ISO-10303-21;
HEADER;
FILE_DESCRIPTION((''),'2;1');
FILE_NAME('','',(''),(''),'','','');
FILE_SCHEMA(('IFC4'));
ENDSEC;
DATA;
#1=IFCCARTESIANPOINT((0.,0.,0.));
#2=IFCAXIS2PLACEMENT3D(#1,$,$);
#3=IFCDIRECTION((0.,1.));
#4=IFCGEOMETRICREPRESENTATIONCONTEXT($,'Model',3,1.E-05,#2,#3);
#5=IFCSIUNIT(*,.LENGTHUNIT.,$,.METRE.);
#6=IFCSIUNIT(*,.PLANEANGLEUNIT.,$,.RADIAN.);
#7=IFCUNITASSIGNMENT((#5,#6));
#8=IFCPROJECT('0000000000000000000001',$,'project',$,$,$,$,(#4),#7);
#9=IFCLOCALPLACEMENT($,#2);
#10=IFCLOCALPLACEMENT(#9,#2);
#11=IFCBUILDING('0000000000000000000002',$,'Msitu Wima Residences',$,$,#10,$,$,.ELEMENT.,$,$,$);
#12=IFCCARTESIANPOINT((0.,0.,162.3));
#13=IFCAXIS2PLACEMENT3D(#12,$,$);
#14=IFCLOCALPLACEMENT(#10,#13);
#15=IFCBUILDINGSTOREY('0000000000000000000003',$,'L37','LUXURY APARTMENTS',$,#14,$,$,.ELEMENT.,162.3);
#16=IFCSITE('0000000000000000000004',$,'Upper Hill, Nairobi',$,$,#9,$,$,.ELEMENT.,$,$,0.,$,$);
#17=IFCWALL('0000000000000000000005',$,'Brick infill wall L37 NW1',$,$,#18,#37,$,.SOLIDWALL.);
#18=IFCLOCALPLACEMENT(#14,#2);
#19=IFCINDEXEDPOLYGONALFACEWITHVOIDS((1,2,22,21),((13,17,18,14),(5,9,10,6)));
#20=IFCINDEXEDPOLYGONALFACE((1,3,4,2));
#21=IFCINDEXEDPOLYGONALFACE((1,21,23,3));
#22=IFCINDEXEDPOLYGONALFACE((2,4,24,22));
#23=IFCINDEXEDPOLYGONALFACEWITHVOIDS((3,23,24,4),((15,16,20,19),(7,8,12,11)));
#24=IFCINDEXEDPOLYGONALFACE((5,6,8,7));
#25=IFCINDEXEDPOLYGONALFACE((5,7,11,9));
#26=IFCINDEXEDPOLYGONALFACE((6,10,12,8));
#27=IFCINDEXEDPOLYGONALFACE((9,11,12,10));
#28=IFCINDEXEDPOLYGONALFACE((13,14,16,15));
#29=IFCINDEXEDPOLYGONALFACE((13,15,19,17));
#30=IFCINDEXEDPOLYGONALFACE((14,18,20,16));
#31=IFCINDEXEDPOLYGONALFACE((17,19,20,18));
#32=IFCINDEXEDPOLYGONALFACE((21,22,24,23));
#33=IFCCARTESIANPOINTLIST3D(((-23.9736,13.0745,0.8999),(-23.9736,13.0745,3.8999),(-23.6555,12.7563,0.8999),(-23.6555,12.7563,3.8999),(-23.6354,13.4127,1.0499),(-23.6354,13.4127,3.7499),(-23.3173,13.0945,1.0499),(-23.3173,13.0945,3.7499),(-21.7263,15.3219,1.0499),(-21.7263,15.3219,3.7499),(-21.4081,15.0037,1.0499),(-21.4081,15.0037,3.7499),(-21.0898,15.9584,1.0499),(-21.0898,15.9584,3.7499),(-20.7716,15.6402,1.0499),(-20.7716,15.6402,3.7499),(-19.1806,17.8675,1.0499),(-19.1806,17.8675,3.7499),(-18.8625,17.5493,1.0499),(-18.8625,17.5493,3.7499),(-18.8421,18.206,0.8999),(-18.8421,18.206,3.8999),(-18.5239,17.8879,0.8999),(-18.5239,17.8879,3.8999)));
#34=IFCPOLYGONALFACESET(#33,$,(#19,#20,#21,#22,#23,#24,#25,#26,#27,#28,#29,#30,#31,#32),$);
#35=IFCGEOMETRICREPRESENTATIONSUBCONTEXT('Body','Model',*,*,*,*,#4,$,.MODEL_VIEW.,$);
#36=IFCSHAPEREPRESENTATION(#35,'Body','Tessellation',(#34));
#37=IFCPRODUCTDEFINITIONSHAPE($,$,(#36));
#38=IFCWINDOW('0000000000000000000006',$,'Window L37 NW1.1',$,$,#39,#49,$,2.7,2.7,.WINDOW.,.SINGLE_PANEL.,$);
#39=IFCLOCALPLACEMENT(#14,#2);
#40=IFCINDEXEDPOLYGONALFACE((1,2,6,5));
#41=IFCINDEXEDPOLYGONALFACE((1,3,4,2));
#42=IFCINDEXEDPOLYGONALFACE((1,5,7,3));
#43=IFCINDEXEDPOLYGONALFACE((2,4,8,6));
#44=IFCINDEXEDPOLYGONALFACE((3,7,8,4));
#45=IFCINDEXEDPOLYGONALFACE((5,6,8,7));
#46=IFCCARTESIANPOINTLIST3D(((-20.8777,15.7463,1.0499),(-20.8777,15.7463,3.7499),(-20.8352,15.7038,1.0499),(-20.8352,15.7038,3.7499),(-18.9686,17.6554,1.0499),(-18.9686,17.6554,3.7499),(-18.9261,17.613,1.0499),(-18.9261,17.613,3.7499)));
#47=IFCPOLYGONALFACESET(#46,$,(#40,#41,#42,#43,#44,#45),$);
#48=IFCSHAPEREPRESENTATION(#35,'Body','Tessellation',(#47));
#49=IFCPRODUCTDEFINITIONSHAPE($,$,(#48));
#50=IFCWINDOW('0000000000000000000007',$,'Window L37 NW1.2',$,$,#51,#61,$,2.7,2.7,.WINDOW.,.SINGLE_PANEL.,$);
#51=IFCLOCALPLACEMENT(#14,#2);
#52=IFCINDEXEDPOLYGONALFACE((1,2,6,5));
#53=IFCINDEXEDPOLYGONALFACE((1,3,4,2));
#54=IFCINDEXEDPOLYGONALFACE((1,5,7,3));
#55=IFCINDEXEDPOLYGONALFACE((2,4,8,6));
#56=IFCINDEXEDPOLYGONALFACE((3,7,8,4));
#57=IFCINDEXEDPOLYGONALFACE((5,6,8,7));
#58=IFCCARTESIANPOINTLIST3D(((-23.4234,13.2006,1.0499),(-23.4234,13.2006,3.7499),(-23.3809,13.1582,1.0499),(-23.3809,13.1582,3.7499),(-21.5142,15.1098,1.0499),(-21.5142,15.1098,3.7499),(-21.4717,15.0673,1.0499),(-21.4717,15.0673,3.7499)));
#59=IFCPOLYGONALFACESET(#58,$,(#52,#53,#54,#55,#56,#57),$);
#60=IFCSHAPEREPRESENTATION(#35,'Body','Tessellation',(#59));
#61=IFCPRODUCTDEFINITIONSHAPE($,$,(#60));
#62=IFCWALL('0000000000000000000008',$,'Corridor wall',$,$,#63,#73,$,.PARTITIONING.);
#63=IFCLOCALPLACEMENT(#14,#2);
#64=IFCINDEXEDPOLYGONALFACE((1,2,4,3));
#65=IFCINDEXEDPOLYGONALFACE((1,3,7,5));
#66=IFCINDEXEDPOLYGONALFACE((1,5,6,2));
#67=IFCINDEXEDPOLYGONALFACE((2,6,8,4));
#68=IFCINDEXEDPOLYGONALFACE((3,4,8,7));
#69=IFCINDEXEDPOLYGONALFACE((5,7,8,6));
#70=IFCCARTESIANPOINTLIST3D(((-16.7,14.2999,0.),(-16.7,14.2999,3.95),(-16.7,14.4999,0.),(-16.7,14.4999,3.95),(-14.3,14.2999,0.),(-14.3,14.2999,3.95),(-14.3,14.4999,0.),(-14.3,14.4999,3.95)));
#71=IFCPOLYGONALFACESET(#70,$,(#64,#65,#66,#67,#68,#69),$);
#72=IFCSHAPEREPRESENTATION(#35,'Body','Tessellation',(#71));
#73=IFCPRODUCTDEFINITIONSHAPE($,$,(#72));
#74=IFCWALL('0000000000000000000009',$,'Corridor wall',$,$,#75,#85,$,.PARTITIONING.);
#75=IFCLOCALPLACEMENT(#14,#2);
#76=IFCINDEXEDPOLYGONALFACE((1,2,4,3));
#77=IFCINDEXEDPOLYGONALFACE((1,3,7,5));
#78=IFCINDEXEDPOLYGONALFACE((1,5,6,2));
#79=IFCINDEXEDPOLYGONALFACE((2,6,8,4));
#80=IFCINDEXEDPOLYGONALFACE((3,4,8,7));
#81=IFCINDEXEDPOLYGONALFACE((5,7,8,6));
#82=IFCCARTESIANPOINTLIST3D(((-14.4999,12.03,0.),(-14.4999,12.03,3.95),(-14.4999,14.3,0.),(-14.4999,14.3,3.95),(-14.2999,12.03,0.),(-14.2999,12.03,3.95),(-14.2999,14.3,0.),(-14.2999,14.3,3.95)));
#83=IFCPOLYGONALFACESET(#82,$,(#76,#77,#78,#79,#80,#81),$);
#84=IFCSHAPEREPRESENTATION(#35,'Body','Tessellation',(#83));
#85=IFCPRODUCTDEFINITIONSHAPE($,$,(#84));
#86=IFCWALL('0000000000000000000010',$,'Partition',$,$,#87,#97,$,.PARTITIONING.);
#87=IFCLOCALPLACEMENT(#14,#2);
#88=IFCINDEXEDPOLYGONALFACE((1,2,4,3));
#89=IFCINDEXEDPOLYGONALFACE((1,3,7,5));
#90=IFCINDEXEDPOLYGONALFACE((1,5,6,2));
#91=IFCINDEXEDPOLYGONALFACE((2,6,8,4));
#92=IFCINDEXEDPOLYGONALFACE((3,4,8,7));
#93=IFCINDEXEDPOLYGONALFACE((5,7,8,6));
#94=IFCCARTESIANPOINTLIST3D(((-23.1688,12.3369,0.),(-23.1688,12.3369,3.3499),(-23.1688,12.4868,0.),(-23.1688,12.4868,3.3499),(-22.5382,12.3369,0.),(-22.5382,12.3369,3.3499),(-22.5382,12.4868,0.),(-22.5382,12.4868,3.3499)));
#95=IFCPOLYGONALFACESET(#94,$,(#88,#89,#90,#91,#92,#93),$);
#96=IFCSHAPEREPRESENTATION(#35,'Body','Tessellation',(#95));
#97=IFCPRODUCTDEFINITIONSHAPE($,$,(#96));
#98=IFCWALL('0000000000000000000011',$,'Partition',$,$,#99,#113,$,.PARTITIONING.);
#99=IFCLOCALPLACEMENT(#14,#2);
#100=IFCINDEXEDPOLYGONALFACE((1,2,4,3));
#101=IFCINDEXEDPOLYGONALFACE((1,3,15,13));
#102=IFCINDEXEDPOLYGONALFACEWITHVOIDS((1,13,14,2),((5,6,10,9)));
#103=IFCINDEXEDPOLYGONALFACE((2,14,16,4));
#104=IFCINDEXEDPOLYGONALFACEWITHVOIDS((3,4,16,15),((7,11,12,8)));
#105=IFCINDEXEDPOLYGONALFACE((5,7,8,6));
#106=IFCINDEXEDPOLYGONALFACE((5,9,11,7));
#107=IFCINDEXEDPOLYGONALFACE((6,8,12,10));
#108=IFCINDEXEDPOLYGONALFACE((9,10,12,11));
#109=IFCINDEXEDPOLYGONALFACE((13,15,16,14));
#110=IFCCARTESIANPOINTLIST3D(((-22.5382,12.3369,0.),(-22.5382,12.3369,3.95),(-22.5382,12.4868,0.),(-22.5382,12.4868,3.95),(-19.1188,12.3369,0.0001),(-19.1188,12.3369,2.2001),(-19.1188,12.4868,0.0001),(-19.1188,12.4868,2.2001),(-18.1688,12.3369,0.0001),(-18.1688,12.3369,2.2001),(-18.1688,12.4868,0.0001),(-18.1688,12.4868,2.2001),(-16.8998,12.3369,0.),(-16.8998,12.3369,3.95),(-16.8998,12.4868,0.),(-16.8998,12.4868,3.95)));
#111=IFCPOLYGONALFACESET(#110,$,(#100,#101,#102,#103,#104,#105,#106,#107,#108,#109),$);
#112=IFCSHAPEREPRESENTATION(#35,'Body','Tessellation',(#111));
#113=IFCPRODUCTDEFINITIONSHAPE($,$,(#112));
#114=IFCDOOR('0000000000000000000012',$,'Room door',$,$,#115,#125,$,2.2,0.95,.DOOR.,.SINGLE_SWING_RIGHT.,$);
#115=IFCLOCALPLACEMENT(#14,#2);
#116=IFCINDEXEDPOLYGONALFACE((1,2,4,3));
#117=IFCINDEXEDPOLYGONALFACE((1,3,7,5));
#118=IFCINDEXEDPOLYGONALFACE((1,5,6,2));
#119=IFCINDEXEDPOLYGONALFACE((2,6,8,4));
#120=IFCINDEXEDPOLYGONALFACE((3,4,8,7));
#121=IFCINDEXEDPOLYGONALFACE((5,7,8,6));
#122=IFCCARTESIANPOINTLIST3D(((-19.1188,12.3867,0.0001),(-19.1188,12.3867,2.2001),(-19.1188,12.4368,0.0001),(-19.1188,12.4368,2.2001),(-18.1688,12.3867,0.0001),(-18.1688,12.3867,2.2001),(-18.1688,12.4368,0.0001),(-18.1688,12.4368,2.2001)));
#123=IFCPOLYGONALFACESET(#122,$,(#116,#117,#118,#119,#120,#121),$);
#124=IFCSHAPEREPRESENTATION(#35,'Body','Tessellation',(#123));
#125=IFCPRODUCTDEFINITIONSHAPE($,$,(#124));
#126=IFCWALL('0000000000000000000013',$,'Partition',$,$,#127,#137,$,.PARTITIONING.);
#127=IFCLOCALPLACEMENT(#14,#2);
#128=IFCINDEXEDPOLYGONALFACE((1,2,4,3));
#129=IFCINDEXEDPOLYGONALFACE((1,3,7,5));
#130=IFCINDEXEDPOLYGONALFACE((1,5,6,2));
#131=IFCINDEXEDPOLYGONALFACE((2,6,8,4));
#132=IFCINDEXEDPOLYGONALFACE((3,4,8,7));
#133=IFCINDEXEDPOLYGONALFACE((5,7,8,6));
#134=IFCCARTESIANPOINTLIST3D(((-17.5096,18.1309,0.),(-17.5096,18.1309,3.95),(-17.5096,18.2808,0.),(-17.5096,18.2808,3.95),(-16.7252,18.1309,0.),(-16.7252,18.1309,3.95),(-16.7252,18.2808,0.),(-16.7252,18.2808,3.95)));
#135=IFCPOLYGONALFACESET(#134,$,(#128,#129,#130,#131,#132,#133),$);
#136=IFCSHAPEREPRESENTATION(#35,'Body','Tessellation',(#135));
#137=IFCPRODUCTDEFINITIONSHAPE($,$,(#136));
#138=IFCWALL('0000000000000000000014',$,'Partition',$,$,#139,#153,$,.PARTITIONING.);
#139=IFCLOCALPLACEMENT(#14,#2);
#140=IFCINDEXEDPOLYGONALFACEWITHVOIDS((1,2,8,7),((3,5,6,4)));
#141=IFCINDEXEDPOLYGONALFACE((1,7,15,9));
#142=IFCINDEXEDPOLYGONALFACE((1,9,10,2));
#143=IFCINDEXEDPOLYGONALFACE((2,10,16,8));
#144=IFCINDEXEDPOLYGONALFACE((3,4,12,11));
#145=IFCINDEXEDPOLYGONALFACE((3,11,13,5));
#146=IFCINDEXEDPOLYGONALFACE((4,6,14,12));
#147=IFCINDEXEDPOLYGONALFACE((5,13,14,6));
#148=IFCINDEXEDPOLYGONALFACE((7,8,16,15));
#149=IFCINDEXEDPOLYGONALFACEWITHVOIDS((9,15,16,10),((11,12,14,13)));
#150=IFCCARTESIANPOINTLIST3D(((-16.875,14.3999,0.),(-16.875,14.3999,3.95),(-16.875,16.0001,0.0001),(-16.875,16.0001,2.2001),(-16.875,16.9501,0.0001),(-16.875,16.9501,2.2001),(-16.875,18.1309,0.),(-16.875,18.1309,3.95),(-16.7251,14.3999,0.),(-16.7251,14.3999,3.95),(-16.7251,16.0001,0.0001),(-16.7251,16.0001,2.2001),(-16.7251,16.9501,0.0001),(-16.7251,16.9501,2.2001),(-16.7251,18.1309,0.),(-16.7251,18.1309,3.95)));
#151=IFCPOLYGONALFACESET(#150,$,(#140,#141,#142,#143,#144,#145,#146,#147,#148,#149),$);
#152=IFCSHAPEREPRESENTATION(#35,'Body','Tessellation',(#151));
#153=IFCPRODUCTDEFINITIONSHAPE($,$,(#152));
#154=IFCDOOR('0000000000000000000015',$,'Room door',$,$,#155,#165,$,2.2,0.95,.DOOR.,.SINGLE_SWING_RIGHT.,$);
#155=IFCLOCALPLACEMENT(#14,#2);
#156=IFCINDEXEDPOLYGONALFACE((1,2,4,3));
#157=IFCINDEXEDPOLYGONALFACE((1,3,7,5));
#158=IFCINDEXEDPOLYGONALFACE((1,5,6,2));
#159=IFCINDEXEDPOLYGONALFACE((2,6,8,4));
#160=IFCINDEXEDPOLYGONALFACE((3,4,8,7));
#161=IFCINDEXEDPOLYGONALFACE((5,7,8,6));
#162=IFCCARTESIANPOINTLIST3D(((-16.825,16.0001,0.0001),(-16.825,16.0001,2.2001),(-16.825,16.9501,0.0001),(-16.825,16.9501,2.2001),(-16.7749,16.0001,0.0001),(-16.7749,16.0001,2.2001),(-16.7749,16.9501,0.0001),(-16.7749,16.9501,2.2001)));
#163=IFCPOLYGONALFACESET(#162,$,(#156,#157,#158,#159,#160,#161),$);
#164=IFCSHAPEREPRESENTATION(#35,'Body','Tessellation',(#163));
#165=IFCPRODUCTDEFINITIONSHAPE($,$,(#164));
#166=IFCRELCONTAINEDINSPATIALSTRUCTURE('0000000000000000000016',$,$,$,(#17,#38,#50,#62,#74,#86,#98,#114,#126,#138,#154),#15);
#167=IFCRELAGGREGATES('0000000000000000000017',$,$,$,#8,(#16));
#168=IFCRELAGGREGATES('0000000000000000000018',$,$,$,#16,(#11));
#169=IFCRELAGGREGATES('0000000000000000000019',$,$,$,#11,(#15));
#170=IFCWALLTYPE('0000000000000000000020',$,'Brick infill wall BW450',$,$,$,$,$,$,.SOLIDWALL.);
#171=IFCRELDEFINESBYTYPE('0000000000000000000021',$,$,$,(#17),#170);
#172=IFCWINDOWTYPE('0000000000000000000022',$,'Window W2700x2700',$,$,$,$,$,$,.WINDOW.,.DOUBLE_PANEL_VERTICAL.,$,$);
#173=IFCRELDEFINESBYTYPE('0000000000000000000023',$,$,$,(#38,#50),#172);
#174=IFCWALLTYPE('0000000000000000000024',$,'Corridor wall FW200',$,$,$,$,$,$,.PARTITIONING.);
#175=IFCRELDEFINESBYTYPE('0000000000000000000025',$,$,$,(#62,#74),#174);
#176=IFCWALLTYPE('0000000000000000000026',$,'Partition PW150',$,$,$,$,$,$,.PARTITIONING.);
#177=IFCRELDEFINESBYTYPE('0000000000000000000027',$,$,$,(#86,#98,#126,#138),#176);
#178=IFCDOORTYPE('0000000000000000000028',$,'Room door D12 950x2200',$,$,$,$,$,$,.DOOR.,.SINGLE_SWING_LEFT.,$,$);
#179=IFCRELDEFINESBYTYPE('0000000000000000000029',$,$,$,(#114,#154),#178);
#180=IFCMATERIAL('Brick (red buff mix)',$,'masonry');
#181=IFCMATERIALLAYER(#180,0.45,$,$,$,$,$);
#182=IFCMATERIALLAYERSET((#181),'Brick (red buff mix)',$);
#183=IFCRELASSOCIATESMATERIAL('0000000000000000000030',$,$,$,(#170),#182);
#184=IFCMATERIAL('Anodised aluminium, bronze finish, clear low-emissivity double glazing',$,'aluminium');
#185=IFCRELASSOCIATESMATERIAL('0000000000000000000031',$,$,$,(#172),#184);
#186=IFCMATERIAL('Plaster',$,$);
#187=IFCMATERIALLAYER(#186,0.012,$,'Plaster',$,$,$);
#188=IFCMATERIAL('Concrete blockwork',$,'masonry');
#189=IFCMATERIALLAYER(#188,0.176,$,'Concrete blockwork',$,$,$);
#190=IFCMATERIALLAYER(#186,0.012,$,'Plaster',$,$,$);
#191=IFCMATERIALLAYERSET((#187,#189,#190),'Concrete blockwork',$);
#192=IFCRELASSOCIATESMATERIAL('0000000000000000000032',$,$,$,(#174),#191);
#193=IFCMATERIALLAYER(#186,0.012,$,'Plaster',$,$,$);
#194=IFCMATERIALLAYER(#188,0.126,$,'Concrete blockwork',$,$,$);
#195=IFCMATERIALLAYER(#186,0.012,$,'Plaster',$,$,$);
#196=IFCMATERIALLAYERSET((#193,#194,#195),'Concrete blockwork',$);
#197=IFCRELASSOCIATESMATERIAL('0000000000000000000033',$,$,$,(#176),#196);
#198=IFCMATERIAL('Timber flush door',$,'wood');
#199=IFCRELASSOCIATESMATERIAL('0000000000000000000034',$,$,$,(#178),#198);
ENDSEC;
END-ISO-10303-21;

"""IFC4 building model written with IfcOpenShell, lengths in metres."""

from ifc_helpers import new_model, si_unit, direction, frame, frame_2d, origin, place, context, subcontext, project, spatial, rectangle, extrude, material, layer, layer_set, type_object, element, fill, save


model = new_model("IFC4")

# Units and contexts
model_context = context("Model", 3, precision=1e-05, world=origin(), true_north=direction((0.0, 1.0)))
body_context = subcontext(model_context, "Body", "Model", "MODEL_VIEW")
ifc_project = project(units=[si_unit("LENGTHUNIT", "METRE"), si_unit("PLANEANGLEUNIT", "RADIAN")], contexts=[model_context])

# Site, building, storey
site_placement = place(None, origin())
site = spatial("IfcSite", under=ifc_project, at=site_placement, Name="Upper Hill, Nairobi", CompositionType="ELEMENT", RefElevation=0.0)
building_placement = place(site_placement, origin())
building = spatial("IfcBuilding", under=site, at=building_placement, Name="Msitu Wima Residences", CompositionType="ELEMENT")
storey_placement = place(building_placement, frame((0.0, 0.0, 162.3)))
storey = spatial("IfcBuildingStorey", under=building, at=storey_placement, Name="L37", Description="LUXURY APARTMENTS", CompositionType="ELEMENT", Elevation=162.3)

# Wall, openings, windows
ifc_material_1 = material(Name="Brick (red buff mix)", Category="masonry")
ifc_layer_1 = layer(ifc_material_1, 0.45)
ifc_layer_set_1 = layer_set([ifc_layer_1], Name="Brick (red buff mix)")
wall_type_1 = type_object("IfcWallType", Name="Brick infill wall BW450", PredefinedType="SOLIDWALL", material=ifc_layer_set_1)
wall_1_placement = place(storey_placement, frame((-18.6831, 18.0469, 0.8999), z_axis=(0.0, 0.0, 1.0), x_axis=(-0.707107, -0.707107, 0.0)))
wall_1 = element("IfcWall", 1, at=wall_1_placement, inside=storey, type_object=wall_type_1, Name="Brick infill wall L37 NW1", PredefinedType="SOLIDWALL", context=body_context, shape_type="SweptSolid", body=[
    extrude(rectangle(XDim=7.2571, YDim=0.45, at=frame_2d((3.6284, 0.0))), origin(), (0.0, 0.0, 1.0), 3.0),
])
opening_1_placement = place(wall_1_placement, frame((0.4785, 0.0, 0.1499)))
opening_1 = element("IfcOpeningElement", 2, at=opening_1_placement, cuts=wall_1, PredefinedType="OPENING", context=body_context, shape_type="SweptSolid", body=[
    extrude(rectangle(XDim=2.7, YDim=2.7, at=frame_2d((1.3501, 1.3501))), frame((0.0, 0.2349, 0.0), z_axis=(0.0, -1.0, 0.0), x_axis=(1.0, 0.0, 0.0)), (0.0, 0.0, 1.0), 0.47),
])
opening_2_placement = place(wall_1_placement, frame((4.0786, 0.0, 0.1499)))
opening_2 = element("IfcOpeningElement", 3, at=opening_2_placement, cuts=wall_1, PredefinedType="OPENING", context=body_context, shape_type="SweptSolid", body=[
    extrude(rectangle(XDim=2.7, YDim=2.7, at=frame_2d((1.3501, 1.3501))), frame((0.0, 0.2349, 0.0), z_axis=(0.0, -1.0, 0.0), x_axis=(1.0, 0.0, 0.0)), (0.0, 0.0, 1.0), 0.47),
])
ifc_material_2 = material(Name="Anodised aluminium, bronze finish, clear low-emissivity double glazing", Category="aluminium")
window_type = type_object("IfcWindowType", Name="Window W2700x2700", PartitioningType="DOUBLE_PANEL_VERTICAL", PredefinedType="WINDOW", material=ifc_material_2)
window_1_placement = place(opening_1_placement, origin())
window_1 = element("IfcWindow", 4, at=window_1_placement, inside=storey, type_object=window_type, Name="Window L37 NW1.1", OverallHeight=2.7, OverallWidth=2.7, PartitioningType="SINGLE_PANEL", PredefinedType="WINDOW", context=body_context, shape_type="SweptSolid", body=[
    extrude(rectangle(XDim=2.7, YDim=2.7, at=frame_2d((1.3501, 1.3501))), frame((0.0, 0.135, 0.0), z_axis=(0.0, -1.0, 0.0), x_axis=(1.0, 0.0, 0.0)), (0.0, 0.0, 1.0), 0.0601),
])
fill(opening_1, window_1)
window_2_placement = place(opening_2_placement, origin())
window_2 = element("IfcWindow", 5, at=window_2_placement, inside=storey, type_object=window_type, Name="Window L37 NW1.2", OverallHeight=2.7, OverallWidth=2.7, PartitioningType="SINGLE_PANEL", PredefinedType="WINDOW", context=body_context, shape_type="SweptSolid", body=[
    extrude(rectangle(XDim=2.7, YDim=2.7, at=frame_2d((1.3501, 1.3501))), frame((0.0, 0.135, 0.0), z_axis=(0.0, -1.0, 0.0), x_axis=(1.0, 0.0, 0.0)), (0.0, 0.0, 1.0), 0.0601),
])
fill(opening_2, window_2)

# Walls
ifc_material_3 = material(Name="Plaster")
ifc_layer_2 = layer(ifc_material_3, 0.012, Name="Plaster")
ifc_material_4 = material(Name="Concrete blockwork", Category="masonry")
ifc_layer_3 = layer(ifc_material_4, 0.176, Name="Concrete blockwork")
ifc_layer_4 = layer(ifc_material_3, 0.012, Name="Plaster")
ifc_layer_set_2 = layer_set([ifc_layer_2, ifc_layer_3, ifc_layer_4], Name="Concrete blockwork")
wall_type_2 = type_object("IfcWallType", Name="Corridor wall FW200", PredefinedType="PARTITIONING", material=ifc_layer_set_2)
wall_2_placement = place(storey_placement, frame((-16.7, 14.3999, 0.0), z_axis=(0.0, 0.0, 1.0), x_axis=(1.0, 0.0, 0.0)))
element("IfcWall", 6, at=wall_2_placement, inside=storey, type_object=wall_type_2, Name="Corridor wall", PredefinedType="PARTITIONING", context=body_context, shape_type="SweptSolid", body=[
    extrude(rectangle(XDim=2.3999, YDim=0.2, at=frame_2d((1.2, 0.0))), origin(), (0.0, 0.0, 1.0), 3.95),
])
wall_3_placement = place(storey_placement, frame((-14.3999, 12.03, 0.0), z_axis=(0.0, 0.0, 1.0), x_axis=(0.0, 1.0, 0.0)))
element("IfcWall", 7, at=wall_3_placement, inside=storey, type_object=wall_type_2, Name="Corridor wall", PredefinedType="PARTITIONING", context=body_context, shape_type="SweptSolid", body=[
    extrude(rectangle(XDim=2.27, YDim=0.2, at=frame_2d((1.135, 0.0))), origin(), (0.0, 0.0, 1.0), 3.95),
])
ifc_layer_5 = layer(ifc_material_3, 0.012, Name="Plaster")
ifc_layer_6 = layer(ifc_material_4, 0.126, Name="Concrete blockwork")
ifc_layer_7 = layer(ifc_material_3, 0.012, Name="Plaster")
ifc_layer_set_3 = layer_set([ifc_layer_5, ifc_layer_6, ifc_layer_7], Name="Concrete blockwork")
wall_type_3 = type_object("IfcWallType", Name="Partition PW150", PredefinedType="PARTITIONING", material=ifc_layer_set_3)
wall_4_placement = place(storey_placement, frame((-23.1689, 12.4119, 0.0), z_axis=(0.0, 0.0, 1.0), x_axis=(1.0, 0.0, 0.0)))
element("IfcWall", 8, at=wall_4_placement, inside=storey, type_object=wall_type_3, Name="Partition", PredefinedType="PARTITIONING", context=body_context, shape_type="SweptSolid", body=[
    extrude(rectangle(XDim=0.6306, YDim=0.1499, at=frame_2d((0.3154, 0.0))), origin(), (0.0, 0.0, 1.0), 3.3499),
])

# Wall, opening, door
wall_5_placement = place(storey_placement, frame((-22.5383, 12.4119, 0.0), z_axis=(0.0, 0.0, 1.0), x_axis=(1.0, 0.0, 0.0)))
wall_5 = element("IfcWall", 9, at=wall_5_placement, inside=storey, type_object=wall_type_3, Name="Partition", PredefinedType="PARTITIONING", context=body_context, shape_type="SweptSolid", body=[
    extrude(rectangle(XDim=5.6384, YDim=0.1499, at=frame_2d((2.8193, 0.0))), origin(), (0.0, 0.0, 1.0), 3.95),
])
opening_3_placement = place(wall_5_placement, frame((3.4194, 0.0, 0.0)))
opening_3 = element("IfcOpeningElement", 10, at=opening_3_placement, cuts=wall_5, PredefinedType="OPENING", context=body_context, shape_type="SweptSolid", body=[
    extrude(rectangle(XDim=0.95, YDim=2.2, at=frame_2d((0.4751, 1.1001))), frame((0.0, 0.085, 0.0), z_axis=(0.0, -1.0, 0.0), x_axis=(1.0, 0.0, 0.0)), (0.0, 0.0, 1.0), 0.1699),
])
ifc_material_5 = material(Name="Timber flush door", Category="wood")
door_type = type_object("IfcDoorType", Name="Room door D12 950x2200", OperationType="SINGLE_SWING_LEFT", PredefinedType="DOOR", material=ifc_material_5)
door_1_placement = place(opening_3_placement, origin())
door_1 = element("IfcDoor", 11, at=door_1_placement, inside=storey, type_object=door_type, Name="Room door", OperationType="SINGLE_SWING_RIGHT", OverallHeight=2.2, OverallWidth=0.95, PredefinedType="DOOR", context=body_context, shape_type="SweptSolid", body=[
    extrude(rectangle(XDim=0.95, YDim=2.2, at=frame_2d((0.4751, 1.1001))), frame((0.0, 0.0249, 0.0), z_axis=(0.0, -1.0, 0.0), x_axis=(1.0, 0.0, 0.0)), (0.0, 0.0, 1.0), 0.05),
])
fill(opening_3, door_1)

# Wall
wall_6_placement = place(storey_placement, frame((-17.5095, 18.2058, 0.0), z_axis=(0.0, 0.0, 1.0), x_axis=(1.0, 0.0, 0.0)))
element("IfcWall", 12, at=wall_6_placement, inside=storey, type_object=wall_type_3, Name="Partition", PredefinedType="PARTITIONING", context=body_context, shape_type="SweptSolid", body=[
    extrude(rectangle(XDim=0.7844, YDim=0.1499, at=frame_2d((0.3921, 0.0))), origin(), (0.0, 0.0, 1.0), 3.95),
])

# Wall, opening, door
wall_7_placement = place(storey_placement, frame((-16.8, 14.3999, 0.0), z_axis=(0.0, 0.0, 1.0), x_axis=(0.0, 1.0, 0.0)))
wall_7 = element("IfcWall", 13, at=wall_7_placement, inside=storey, type_object=wall_type_3, Name="Partition", PredefinedType="PARTITIONING", context=body_context, shape_type="SweptSolid", body=[
    extrude(rectangle(XDim=3.731, YDim=0.1499, at=frame_2d((1.8655, 0.0))), origin(), (0.0, 0.0, 1.0), 3.95),
])
opening_4_placement = place(wall_7_placement, frame((1.6001, 0.0, 0.0)))
opening_4 = element("IfcOpeningElement", 14, at=opening_4_placement, cuts=wall_7, PredefinedType="OPENING", context=body_context, shape_type="SweptSolid", body=[
    extrude(rectangle(XDim=0.95, YDim=2.2, at=frame_2d((0.4751, 1.1001))), frame((0.0, 0.085, 0.0), z_axis=(0.0, -1.0, 0.0), x_axis=(1.0, 0.0, 0.0)), (0.0, 0.0, 1.0), 0.1699),
])
door_2_placement = place(opening_4_placement, origin())
door_2 = element("IfcDoor", 15, at=door_2_placement, inside=storey, type_object=door_type, Name="Room door", OperationType="SINGLE_SWING_RIGHT", OverallHeight=2.2, OverallWidth=0.95, PredefinedType="DOOR", context=body_context, shape_type="SweptSolid", body=[
    extrude(rectangle(XDim=0.95, YDim=2.2, at=frame_2d((0.4751, 1.1001))), frame((0.0, 0.0249, 0.0), z_axis=(0.0, -1.0, 0.0), x_axis=(1.0, 0.0, 0.0)), (0.0, 0.0, 1.0), 0.05),
])
fill(opening_4, door_2)

save(model, "model.ifc")
